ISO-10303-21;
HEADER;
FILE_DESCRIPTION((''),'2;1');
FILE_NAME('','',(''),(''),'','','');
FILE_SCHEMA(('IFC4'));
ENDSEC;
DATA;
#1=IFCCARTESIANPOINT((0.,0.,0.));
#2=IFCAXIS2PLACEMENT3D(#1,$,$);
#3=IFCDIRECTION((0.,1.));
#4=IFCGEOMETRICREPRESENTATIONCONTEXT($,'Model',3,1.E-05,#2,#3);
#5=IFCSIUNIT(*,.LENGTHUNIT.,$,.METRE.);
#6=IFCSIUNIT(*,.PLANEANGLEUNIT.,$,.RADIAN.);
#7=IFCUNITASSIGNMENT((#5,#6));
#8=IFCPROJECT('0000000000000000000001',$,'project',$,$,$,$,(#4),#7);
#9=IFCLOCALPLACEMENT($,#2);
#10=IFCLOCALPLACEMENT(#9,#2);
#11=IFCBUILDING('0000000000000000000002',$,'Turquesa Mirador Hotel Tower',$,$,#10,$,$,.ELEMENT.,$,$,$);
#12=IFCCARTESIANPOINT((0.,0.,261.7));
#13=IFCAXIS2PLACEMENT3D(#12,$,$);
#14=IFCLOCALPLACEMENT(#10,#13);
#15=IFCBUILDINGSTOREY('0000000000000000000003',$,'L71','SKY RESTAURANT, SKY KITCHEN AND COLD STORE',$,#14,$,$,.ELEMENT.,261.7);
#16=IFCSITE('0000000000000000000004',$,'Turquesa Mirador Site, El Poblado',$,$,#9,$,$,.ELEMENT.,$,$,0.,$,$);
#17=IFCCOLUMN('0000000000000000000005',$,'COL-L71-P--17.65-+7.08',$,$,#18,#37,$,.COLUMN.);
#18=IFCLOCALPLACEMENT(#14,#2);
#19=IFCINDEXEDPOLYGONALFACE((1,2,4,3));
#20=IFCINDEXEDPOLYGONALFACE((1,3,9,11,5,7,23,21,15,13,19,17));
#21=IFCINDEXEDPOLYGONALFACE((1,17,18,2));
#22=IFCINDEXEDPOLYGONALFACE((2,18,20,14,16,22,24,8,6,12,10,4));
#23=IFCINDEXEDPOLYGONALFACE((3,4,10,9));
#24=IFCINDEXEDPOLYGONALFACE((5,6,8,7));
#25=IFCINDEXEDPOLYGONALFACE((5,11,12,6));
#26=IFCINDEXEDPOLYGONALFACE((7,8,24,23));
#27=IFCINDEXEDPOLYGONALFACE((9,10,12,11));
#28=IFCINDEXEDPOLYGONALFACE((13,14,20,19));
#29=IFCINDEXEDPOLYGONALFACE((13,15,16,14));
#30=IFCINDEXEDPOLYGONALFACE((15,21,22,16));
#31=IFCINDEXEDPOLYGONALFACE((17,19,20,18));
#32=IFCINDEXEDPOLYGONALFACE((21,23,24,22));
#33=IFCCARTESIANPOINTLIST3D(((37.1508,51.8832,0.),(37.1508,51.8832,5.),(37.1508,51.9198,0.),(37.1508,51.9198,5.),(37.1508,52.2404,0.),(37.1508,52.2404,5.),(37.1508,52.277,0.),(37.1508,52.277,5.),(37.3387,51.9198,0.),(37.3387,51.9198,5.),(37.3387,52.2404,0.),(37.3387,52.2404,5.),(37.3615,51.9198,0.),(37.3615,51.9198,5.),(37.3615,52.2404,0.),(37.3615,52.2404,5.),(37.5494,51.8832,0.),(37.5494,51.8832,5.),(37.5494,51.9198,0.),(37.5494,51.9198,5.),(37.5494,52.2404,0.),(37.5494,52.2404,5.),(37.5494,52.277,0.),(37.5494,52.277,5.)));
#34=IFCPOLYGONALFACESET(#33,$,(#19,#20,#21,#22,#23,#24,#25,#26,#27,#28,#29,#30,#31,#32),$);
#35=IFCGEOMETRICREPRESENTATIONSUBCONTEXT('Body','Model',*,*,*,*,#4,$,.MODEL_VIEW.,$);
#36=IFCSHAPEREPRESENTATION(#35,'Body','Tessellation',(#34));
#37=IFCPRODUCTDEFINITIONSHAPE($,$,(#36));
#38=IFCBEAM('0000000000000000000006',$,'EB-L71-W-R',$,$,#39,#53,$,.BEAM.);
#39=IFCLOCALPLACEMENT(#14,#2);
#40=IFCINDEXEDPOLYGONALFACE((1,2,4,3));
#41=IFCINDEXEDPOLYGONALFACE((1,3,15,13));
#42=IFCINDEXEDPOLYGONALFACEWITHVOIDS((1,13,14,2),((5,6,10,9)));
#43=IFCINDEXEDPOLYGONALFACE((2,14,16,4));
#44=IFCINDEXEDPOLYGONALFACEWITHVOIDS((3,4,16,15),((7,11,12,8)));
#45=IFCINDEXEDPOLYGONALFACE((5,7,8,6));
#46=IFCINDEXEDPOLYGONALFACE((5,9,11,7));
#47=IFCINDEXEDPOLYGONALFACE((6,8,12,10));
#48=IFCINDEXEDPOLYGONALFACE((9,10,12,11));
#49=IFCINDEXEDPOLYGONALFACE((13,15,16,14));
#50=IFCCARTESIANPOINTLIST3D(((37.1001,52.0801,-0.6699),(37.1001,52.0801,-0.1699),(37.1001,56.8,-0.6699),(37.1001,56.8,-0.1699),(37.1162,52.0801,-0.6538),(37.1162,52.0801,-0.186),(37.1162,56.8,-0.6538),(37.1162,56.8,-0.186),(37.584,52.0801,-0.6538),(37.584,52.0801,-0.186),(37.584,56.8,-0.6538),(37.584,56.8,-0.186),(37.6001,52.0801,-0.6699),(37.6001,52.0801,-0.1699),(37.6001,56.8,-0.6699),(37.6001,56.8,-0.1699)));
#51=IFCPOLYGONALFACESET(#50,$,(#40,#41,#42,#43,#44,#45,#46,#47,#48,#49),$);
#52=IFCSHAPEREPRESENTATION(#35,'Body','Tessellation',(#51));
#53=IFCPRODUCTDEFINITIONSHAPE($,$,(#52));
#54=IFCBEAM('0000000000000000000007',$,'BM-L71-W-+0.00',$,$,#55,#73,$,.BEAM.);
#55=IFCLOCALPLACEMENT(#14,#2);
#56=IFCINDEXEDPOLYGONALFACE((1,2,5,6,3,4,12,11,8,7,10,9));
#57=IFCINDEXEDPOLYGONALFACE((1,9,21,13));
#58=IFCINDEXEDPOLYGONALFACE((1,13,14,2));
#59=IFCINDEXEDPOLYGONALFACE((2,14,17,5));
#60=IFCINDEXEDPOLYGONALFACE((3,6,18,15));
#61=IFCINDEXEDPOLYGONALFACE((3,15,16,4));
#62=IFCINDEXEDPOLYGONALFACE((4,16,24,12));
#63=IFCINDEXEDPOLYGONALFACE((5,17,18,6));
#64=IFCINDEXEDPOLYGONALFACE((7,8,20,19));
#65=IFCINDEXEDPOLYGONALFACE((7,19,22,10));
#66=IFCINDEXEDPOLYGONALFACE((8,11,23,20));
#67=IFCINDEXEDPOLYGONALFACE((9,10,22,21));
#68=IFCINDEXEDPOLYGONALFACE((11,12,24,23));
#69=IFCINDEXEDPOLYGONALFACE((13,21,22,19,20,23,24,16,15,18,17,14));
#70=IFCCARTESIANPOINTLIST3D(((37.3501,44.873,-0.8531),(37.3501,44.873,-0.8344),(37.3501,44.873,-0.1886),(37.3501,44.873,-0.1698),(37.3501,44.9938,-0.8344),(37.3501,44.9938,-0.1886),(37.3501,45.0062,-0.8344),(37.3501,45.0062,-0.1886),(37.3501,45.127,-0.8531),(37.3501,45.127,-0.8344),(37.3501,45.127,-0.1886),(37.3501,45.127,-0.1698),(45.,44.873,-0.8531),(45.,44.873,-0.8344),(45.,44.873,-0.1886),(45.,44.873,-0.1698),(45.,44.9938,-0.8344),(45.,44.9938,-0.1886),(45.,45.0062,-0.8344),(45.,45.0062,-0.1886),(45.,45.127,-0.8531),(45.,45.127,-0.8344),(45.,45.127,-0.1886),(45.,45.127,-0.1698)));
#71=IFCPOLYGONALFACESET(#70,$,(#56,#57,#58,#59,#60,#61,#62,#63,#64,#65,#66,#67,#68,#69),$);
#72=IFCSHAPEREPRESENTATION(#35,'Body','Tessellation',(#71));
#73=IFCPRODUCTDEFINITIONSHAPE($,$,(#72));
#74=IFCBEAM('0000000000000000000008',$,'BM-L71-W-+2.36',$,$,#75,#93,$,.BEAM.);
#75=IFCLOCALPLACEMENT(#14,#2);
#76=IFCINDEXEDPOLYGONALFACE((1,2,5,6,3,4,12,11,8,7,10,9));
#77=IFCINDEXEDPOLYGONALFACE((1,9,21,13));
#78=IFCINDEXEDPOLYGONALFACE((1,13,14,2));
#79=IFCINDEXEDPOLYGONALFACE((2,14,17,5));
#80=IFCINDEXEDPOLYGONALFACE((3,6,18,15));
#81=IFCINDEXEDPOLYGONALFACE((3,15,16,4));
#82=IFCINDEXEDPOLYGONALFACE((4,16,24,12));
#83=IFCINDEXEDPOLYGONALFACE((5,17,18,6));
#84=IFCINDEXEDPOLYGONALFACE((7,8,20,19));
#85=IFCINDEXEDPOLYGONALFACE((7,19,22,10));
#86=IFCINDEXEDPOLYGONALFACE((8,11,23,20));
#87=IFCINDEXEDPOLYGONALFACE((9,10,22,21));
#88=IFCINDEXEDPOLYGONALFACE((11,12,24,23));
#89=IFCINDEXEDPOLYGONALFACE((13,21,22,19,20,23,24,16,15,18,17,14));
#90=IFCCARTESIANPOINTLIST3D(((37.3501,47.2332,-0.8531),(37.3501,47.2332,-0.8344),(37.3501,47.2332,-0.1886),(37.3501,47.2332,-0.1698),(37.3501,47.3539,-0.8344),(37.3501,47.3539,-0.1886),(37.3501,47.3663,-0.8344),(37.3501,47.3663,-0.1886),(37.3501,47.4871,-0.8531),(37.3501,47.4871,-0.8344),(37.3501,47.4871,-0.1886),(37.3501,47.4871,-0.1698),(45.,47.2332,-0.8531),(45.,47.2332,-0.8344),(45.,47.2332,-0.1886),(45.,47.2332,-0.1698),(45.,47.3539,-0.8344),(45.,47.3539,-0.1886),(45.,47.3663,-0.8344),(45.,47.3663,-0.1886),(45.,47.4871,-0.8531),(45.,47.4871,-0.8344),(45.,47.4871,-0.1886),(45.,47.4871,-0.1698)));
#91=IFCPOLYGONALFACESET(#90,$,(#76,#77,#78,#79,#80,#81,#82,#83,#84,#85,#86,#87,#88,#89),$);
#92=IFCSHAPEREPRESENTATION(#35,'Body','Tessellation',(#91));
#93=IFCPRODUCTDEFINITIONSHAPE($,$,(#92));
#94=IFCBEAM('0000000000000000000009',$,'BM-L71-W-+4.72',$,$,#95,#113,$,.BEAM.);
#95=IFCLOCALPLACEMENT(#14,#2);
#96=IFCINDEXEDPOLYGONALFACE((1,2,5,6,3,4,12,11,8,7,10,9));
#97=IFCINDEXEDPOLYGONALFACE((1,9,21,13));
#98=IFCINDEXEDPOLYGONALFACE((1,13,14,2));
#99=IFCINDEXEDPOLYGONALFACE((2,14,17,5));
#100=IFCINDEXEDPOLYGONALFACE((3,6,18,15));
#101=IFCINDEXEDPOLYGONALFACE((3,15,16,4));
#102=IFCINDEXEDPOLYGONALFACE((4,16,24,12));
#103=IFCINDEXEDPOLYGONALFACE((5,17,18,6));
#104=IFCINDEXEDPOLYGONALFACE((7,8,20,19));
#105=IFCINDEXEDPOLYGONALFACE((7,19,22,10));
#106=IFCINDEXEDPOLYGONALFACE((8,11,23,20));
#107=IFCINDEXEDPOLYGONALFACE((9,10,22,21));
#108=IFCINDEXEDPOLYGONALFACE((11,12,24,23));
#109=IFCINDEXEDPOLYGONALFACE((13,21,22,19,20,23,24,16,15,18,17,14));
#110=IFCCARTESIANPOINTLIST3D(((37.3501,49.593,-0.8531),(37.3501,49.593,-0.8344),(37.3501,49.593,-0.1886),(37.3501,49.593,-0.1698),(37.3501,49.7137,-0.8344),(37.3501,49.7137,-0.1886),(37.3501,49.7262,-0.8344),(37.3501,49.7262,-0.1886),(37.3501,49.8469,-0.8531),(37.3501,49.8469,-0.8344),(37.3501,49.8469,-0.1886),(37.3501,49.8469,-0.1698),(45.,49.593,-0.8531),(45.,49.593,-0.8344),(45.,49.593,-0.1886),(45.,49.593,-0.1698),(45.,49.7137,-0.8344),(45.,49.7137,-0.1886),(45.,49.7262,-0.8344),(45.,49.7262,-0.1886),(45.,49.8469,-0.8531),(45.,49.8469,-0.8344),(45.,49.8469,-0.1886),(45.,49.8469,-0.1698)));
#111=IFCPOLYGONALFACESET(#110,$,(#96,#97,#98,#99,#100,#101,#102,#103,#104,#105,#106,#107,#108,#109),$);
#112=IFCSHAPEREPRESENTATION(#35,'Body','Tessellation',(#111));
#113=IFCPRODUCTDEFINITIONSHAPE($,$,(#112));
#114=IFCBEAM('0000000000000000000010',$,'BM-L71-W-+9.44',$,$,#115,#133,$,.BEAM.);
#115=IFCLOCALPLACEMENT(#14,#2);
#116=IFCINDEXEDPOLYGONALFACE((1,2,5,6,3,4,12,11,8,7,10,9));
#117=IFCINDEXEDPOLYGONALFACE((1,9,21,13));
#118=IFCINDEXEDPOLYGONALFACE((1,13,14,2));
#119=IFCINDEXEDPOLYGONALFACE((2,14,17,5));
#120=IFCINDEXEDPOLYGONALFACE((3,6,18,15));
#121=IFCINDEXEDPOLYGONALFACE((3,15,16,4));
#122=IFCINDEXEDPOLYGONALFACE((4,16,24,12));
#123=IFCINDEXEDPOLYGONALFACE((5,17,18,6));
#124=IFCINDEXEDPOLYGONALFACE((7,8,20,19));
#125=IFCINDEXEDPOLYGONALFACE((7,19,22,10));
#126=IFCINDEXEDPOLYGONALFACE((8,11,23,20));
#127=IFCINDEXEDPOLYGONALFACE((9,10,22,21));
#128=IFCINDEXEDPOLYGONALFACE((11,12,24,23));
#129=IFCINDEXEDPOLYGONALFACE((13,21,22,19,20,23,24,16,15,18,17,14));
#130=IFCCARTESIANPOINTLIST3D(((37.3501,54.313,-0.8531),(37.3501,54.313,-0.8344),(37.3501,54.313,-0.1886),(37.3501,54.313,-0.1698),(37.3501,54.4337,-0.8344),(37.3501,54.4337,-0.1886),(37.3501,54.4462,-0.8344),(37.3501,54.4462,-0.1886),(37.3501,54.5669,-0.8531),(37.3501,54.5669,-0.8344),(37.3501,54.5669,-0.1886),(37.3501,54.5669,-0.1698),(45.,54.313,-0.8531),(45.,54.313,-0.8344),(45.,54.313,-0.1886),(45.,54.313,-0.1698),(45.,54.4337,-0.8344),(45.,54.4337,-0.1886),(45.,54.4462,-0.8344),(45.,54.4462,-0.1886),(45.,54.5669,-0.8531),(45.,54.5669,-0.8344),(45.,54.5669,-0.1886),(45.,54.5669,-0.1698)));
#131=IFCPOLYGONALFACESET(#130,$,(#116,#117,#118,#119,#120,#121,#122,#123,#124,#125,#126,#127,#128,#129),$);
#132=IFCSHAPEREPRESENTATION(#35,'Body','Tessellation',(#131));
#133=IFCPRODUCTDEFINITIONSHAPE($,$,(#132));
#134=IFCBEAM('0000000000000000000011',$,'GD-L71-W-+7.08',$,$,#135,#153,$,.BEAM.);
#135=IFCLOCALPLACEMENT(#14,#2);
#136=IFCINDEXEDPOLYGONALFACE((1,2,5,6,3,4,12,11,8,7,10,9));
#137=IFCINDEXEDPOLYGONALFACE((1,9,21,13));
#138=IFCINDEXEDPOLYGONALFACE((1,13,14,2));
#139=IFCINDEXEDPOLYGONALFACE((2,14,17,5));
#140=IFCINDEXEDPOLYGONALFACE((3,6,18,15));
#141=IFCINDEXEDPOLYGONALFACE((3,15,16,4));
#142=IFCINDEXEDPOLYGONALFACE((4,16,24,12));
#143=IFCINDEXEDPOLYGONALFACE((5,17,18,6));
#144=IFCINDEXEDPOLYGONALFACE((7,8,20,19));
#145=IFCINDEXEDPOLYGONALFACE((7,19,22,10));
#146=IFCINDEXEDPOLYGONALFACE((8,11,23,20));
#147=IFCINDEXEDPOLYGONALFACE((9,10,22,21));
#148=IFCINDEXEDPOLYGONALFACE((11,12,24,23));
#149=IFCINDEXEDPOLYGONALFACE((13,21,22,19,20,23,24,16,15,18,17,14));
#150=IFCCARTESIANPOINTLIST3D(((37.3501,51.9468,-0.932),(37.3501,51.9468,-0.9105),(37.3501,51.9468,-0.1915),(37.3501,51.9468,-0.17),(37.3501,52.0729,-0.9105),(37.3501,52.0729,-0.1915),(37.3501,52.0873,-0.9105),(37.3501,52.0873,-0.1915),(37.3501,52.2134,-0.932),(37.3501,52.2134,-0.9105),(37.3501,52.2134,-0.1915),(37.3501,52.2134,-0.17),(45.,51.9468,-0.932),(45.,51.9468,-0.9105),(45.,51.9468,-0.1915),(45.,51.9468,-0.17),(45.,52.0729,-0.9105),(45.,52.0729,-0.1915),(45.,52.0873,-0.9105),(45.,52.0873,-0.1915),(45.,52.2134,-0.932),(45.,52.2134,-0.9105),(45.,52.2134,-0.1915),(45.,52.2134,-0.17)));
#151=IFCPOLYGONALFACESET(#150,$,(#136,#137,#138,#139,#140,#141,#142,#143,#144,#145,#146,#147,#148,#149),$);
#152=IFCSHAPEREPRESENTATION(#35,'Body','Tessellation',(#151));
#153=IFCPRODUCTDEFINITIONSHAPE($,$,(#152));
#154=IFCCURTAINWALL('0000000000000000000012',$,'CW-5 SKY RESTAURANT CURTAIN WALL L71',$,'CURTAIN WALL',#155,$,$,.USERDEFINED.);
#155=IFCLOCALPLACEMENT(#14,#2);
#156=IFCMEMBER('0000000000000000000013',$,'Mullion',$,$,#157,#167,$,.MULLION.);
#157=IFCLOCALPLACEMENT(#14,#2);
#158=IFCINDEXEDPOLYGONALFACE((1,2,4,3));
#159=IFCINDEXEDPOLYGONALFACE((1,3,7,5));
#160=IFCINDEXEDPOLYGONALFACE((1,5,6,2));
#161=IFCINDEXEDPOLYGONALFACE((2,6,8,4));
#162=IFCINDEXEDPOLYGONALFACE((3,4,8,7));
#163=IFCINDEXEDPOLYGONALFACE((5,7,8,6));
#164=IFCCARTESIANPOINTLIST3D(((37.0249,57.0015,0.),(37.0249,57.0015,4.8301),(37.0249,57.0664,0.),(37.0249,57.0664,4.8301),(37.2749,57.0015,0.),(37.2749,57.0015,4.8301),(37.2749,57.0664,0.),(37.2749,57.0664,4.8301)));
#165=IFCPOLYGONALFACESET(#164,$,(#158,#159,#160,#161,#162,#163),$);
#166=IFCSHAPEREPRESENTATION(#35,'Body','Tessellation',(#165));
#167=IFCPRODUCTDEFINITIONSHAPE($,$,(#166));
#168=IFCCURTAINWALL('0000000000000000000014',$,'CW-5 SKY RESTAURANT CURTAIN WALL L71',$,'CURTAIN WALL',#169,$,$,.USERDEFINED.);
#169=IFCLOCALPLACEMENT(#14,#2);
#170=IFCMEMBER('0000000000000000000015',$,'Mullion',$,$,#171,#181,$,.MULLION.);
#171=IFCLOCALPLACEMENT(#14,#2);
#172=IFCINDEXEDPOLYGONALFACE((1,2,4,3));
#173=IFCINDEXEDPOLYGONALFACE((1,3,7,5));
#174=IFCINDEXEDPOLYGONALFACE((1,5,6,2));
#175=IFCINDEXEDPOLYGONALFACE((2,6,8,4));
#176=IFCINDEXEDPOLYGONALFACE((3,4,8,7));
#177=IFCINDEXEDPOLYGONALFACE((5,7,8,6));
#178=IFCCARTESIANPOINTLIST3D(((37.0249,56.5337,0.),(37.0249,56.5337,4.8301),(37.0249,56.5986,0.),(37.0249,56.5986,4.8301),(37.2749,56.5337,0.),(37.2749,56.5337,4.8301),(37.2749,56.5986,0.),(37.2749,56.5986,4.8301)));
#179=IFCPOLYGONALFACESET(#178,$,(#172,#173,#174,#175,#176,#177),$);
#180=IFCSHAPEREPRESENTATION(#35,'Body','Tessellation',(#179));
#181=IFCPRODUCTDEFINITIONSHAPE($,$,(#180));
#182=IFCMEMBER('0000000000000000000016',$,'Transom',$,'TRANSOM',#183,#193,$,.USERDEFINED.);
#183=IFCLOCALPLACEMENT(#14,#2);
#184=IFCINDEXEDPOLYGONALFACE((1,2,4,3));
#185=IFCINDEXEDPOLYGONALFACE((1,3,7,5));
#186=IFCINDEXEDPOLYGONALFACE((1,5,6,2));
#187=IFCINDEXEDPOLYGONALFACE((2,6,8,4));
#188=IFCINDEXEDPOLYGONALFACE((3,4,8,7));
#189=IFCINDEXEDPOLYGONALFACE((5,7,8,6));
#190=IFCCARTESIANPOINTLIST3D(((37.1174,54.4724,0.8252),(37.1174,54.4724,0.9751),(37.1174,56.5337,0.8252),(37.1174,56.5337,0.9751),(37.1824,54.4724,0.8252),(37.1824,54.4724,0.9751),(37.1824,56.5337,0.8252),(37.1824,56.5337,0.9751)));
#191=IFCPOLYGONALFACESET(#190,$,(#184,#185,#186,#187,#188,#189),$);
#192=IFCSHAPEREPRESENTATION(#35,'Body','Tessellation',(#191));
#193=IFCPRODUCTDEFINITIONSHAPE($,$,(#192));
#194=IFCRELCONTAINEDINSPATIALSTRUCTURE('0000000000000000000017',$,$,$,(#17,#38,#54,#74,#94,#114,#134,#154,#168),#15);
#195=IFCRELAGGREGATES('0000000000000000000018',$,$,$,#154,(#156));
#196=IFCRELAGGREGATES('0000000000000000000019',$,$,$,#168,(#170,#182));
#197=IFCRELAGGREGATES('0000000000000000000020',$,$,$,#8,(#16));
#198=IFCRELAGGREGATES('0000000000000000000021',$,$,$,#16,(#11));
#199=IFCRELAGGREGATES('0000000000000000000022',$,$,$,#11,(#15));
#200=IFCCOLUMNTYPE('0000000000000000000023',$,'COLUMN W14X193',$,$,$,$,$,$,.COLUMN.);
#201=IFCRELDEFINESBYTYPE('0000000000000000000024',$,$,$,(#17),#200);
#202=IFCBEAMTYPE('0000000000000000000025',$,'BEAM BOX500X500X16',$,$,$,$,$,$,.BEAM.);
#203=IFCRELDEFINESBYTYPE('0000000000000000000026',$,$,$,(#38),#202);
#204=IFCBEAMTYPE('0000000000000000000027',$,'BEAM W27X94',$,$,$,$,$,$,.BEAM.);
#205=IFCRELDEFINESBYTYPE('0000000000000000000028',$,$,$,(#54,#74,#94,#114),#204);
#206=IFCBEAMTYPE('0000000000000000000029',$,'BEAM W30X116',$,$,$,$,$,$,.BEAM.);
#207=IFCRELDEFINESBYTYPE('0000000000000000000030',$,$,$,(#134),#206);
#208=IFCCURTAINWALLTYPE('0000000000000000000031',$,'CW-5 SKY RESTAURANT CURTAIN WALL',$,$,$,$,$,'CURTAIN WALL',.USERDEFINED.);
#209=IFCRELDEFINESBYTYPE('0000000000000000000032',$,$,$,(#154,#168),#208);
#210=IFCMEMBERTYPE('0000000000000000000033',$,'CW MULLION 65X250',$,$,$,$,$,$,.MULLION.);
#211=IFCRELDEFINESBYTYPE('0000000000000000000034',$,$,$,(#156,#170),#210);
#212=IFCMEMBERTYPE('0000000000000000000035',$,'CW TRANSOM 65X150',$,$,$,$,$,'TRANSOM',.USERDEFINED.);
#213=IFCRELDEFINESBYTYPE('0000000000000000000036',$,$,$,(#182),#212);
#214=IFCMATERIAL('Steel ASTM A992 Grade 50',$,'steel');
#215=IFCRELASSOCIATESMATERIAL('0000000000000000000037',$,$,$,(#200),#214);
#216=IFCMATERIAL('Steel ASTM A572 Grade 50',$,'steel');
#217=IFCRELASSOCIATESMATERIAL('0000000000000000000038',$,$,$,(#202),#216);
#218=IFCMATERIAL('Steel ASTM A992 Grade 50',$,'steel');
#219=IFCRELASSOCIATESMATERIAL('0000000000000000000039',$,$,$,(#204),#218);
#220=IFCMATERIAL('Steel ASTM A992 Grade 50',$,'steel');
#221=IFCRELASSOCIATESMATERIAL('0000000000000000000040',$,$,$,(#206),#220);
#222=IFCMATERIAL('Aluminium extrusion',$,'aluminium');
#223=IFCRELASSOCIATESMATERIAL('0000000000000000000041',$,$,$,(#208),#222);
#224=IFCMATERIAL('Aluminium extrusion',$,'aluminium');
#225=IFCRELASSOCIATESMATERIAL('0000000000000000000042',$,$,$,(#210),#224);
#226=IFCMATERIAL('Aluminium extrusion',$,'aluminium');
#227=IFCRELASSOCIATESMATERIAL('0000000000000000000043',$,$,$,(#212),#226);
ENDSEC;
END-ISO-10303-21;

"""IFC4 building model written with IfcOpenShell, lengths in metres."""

from ifc_helpers import new_model, si_unit, direction, frame, origin, origin_2d, place, context, subcontext, project, spatial, rectangle, hollow_rectangle, i_section, extrude, material, material_profile, profile_set, type_object, element, aggregate, save


model = new_model("IFC4")

# Units and contexts
model_context = context("Model", 3, precision=1e-05, world=origin(), true_north=direction((0.0, 1.0)))
body_context = subcontext(model_context, "Body", "Model", "MODEL_VIEW")
ifc_project = project(units=[si_unit("LENGTHUNIT", "METRE"), si_unit("PLANEANGLEUNIT", "RADIAN")], contexts=[model_context])

# Site, building, storey
site_placement = place(None, origin())
site = spatial("IfcSite", under=ifc_project, at=site_placement, Name="Turquesa Mirador Site, El Poblado", CompositionType="ELEMENT", RefElevation=0.0)
building_placement = place(site_placement, origin())
building = spatial("IfcBuilding", under=site, at=building_placement, Name="Turquesa Mirador Hotel Tower", CompositionType="ELEMENT")
storey_placement = place(building_placement, frame((0.0, 0.0, 261.7)))
storey = spatial("IfcBuildingStorey", under=building, at=storey_placement, Name="L71", Description="SKY RESTAURANT, SKY KITCHEN AND COLD STORE", CompositionType="ELEMENT", Elevation=261.7)

# Column
ifc_material_1 = material(Name="Steel ASTM A992 Grade 50", Category="steel")
ifc_material_profile_1 = material_profile(ifc_material_1, i_section(OverallWidth=0.3987, OverallDepth=0.3938, WebThickness=0.0227, FlangeThickness=0.0366, at=origin_2d()), Name="W14X193")
ifc_profile_set_1 = profile_set([ifc_material_profile_1], Name="Steel ASTM A992 Grade 50")
column_type = type_object("IfcColumnType", Name="COLUMN W14X193", PredefinedType="COLUMN", material=ifc_profile_set_1)
column_placement = place(storey_placement, frame((37.3501, 52.0801, 0.0), z_axis=(0.0, 0.0, 1.0), x_axis=(1.0, 0.0, 0.0)))
element("IfcColumn", 1, at=column_placement, inside=storey, type_object=column_type, Name="COL-L71-P--17.65-+7.08", PredefinedType="COLUMN", context=body_context, shape_type="SweptSolid", body=[
    extrude(i_section(OverallWidth=0.3987, OverallDepth=0.3938, WebThickness=0.0227, FlangeThickness=0.0366, at=origin_2d()), origin(), (0.0, 0.0, 1.0), 5.0),
])

# Beams
ifc_material_2 = material(Name="Steel ASTM A572 Grade 50", Category="steel")
ifc_material_profile_2 = material_profile(ifc_material_2, hollow_rectangle(XDim=0.5, YDim=0.5, WallThickness=0.0161, at=origin_2d()), Name="BOX500X500X16")
ifc_profile_set_2 = profile_set([ifc_material_profile_2], Name="Steel ASTM A572 Grade 50")
beam_type_1 = type_object("IfcBeamType", Name="BEAM BOX500X500X16", PredefinedType="BEAM", material=ifc_profile_set_2)
beam_1_placement = place(storey_placement, frame((37.3501, 52.0801, -0.4199), z_axis=(0.0, 1.0, 0.0), x_axis=(-1.0, 0.0, 0.0)))
element("IfcBeam", 2, at=beam_1_placement, inside=storey, type_object=beam_type_1, Name="EB-L71-W-R", PredefinedType="BEAM", context=body_context, shape_type="SweptSolid", body=[
    extrude(hollow_rectangle(XDim=0.5, YDim=0.5, WallThickness=0.0161, at=origin_2d()), origin(), (0.0, 0.0, 1.0), 4.72),
])
ifc_material_3 = material(Name="Steel ASTM A992 Grade 50", Category="steel")
ifc_material_profile_3 = material_profile(ifc_material_3, i_section(OverallWidth=0.2539, OverallDepth=0.6833, WebThickness=0.0125, FlangeThickness=0.0188, at=origin_2d()), Name="W27X94")
ifc_profile_set_3 = profile_set([ifc_material_profile_3], Name="Steel ASTM A992 Grade 50")
beam_type_2 = type_object("IfcBeamType", Name="BEAM W27X94", PredefinedType="BEAM", material=ifc_profile_set_3)
for number, where, z_axis, x_axis, name in (
    (3, (37.3501, 45.0, -0.5115), (1.0, 0.0, 0.0), (0.0, 1.0, 0.0), "BM-L71-W-+0.00"),
    (4, (37.3501, 47.3601, -0.5115), (1.0, 0.0, 0.0), (0.0, 1.0, 0.0), "BM-L71-W-+2.36"),
    (5, (37.3501, 49.72, -0.5115), (1.0, 0.0, 0.0), (0.0, 1.0, 0.0), "BM-L71-W-+4.72"),
    (6, (37.3501, 54.4399, -0.5115), (1.0, 0.0, 0.0), (0.0, 1.0, 0.0), "BM-L71-W-+9.44"),
):
    element("IfcBeam", number, at=place(storey_placement, frame(where, z_axis=z_axis, x_axis=x_axis)), inside=storey, type_object=beam_type_2, Name=name, PredefinedType="BEAM", context=body_context, shape_type="SweptSolid", body=[
        extrude(i_section(OverallWidth=0.2539, OverallDepth=0.6833, WebThickness=0.0125, FlangeThickness=0.0188, at=origin_2d()), origin(), (0.0, 0.0, 1.0), 7.6499),
    ])
ifc_material_4 = material(Name="Steel ASTM A992 Grade 50", Category="steel")
ifc_material_profile_4 = material_profile(ifc_material_4, i_section(OverallWidth=0.2666, OverallDepth=0.762, WebThickness=0.0144, FlangeThickness=0.0215, at=origin_2d()), Name="W30X116")
ifc_profile_set_4 = profile_set([ifc_material_profile_4], Name="Steel ASTM A992 Grade 50")
beam_type_3 = type_object("IfcBeamType", Name="BEAM W30X116", PredefinedType="BEAM", material=ifc_profile_set_4)
beam_2_placement = place(storey_placement, frame((37.3501, 52.0801, -0.551), z_axis=(1.0, 0.0, 0.0), x_axis=(0.0, 1.0, 0.0)))
element("IfcBeam", 7, at=beam_2_placement, inside=storey, type_object=beam_type_3, Name="GD-L71-W-+7.08", PredefinedType="BEAM", context=body_context, shape_type="SweptSolid", body=[
    extrude(i_section(OverallWidth=0.2666, OverallDepth=0.762, WebThickness=0.0144, FlangeThickness=0.0215, at=origin_2d()), origin(), (0.0, 0.0, 1.0), 7.6499),
])

# Curtain wall, member
ifc_material_5 = material(Name="Aluminium extrusion", Category="aluminium")
curtain_wall_type = type_object("IfcCurtainWallType", Name="CW-5 SKY RESTAURANT CURTAIN WALL", ElementType="CURTAIN WALL", PredefinedType="USERDEFINED", material=ifc_material_5)
curtain_wall_1_placement = place(storey_placement, origin())
curtain_wall_1 = element("IfcCurtainWall", 8, at=curtain_wall_1_placement, inside=storey, type_object=curtain_wall_type, Name="CW-5 SKY RESTAURANT CURTAIN WALL L71", ObjectType="CURTAIN WALL", PredefinedType="USERDEFINED")
ifc_material_6 = material(Name="Aluminium extrusion", Category="aluminium")
ifc_material_profile_5 = material_profile(ifc_material_6, rectangle(XDim=0.0649, YDim=0.25, at=origin_2d()), Name="MULLION 65X250")
ifc_profile_set_5 = profile_set([ifc_material_profile_5], Name="Aluminium extrusion")
member_type_1 = type_object("IfcMemberType", Name="CW MULLION 65X250", PredefinedType="MULLION", material=ifc_profile_set_5)
member_1_placement = place(storey_placement, frame((37.1499, 57.0339, 0.0), z_axis=(0.0, 0.0, 1.0), x_axis=(0.0, -1.0, 0.0)))
member_1 = element("IfcMember", 9, at=member_1_placement, type_object=member_type_1, Name="Mullion", PredefinedType="MULLION", context=body_context, shape_type="SweptSolid", body=[
    extrude(rectangle(XDim=0.0649, YDim=0.25, at=origin_2d()), origin(), (0.0, 0.0, 1.0), 4.8301),
])

# Curtain wall, members
curtain_wall_2_placement = place(storey_placement, origin())
curtain_wall_2 = element("IfcCurtainWall", 10, at=curtain_wall_2_placement, inside=storey, type_object=curtain_wall_type, Name="CW-5 SKY RESTAURANT CURTAIN WALL L71", ObjectType="CURTAIN WALL", PredefinedType="USERDEFINED")
member_2_placement = place(storey_placement, frame((37.1499, 56.5662, 0.0), z_axis=(0.0, 0.0, 1.0), x_axis=(0.0, -1.0, 0.0)))
member_2 = element("IfcMember", 11, at=member_2_placement, type_object=member_type_1, Name="Mullion", PredefinedType="MULLION", context=body_context, shape_type="SweptSolid", body=[
    extrude(rectangle(XDim=0.0649, YDim=0.25, at=origin_2d()), origin(), (0.0, 0.0, 1.0), 4.8301),
])
ifc_material_7 = material(Name="Aluminium extrusion", Category="aluminium")
ifc_material_profile_6 = material_profile(ifc_material_7, rectangle(XDim=0.0649, YDim=0.1499, at=origin_2d()), Name="TRANSOM 65X150")
ifc_profile_set_6 = profile_set([ifc_material_profile_6], Name="Aluminium extrusion")
member_type_2 = type_object("IfcMemberType", Name="CW TRANSOM 65X150", ElementType="TRANSOM", PredefinedType="USERDEFINED", material=ifc_profile_set_6)
member_3_placement = place(storey_placement, frame((37.1499, 56.5337, 0.9001), z_axis=(0.0, -1.0, 0.0), x_axis=(1.0, 0.0, 0.0)))
member_3 = element("IfcMember", 12, at=member_3_placement, type_object=member_type_2, Name="Transom", ObjectType="TRANSOM", PredefinedType="USERDEFINED", context=body_context, shape_type="SweptSolid", body=[
    extrude(rectangle(XDim=0.0649, YDim=0.1499, at=origin_2d()), origin(), (0.0, 0.0, 1.0), 2.0613),
])

aggregate(curtain_wall_1, [member_1])
aggregate(curtain_wall_2, [member_2, member_3])

save(model, "model.ifc")
